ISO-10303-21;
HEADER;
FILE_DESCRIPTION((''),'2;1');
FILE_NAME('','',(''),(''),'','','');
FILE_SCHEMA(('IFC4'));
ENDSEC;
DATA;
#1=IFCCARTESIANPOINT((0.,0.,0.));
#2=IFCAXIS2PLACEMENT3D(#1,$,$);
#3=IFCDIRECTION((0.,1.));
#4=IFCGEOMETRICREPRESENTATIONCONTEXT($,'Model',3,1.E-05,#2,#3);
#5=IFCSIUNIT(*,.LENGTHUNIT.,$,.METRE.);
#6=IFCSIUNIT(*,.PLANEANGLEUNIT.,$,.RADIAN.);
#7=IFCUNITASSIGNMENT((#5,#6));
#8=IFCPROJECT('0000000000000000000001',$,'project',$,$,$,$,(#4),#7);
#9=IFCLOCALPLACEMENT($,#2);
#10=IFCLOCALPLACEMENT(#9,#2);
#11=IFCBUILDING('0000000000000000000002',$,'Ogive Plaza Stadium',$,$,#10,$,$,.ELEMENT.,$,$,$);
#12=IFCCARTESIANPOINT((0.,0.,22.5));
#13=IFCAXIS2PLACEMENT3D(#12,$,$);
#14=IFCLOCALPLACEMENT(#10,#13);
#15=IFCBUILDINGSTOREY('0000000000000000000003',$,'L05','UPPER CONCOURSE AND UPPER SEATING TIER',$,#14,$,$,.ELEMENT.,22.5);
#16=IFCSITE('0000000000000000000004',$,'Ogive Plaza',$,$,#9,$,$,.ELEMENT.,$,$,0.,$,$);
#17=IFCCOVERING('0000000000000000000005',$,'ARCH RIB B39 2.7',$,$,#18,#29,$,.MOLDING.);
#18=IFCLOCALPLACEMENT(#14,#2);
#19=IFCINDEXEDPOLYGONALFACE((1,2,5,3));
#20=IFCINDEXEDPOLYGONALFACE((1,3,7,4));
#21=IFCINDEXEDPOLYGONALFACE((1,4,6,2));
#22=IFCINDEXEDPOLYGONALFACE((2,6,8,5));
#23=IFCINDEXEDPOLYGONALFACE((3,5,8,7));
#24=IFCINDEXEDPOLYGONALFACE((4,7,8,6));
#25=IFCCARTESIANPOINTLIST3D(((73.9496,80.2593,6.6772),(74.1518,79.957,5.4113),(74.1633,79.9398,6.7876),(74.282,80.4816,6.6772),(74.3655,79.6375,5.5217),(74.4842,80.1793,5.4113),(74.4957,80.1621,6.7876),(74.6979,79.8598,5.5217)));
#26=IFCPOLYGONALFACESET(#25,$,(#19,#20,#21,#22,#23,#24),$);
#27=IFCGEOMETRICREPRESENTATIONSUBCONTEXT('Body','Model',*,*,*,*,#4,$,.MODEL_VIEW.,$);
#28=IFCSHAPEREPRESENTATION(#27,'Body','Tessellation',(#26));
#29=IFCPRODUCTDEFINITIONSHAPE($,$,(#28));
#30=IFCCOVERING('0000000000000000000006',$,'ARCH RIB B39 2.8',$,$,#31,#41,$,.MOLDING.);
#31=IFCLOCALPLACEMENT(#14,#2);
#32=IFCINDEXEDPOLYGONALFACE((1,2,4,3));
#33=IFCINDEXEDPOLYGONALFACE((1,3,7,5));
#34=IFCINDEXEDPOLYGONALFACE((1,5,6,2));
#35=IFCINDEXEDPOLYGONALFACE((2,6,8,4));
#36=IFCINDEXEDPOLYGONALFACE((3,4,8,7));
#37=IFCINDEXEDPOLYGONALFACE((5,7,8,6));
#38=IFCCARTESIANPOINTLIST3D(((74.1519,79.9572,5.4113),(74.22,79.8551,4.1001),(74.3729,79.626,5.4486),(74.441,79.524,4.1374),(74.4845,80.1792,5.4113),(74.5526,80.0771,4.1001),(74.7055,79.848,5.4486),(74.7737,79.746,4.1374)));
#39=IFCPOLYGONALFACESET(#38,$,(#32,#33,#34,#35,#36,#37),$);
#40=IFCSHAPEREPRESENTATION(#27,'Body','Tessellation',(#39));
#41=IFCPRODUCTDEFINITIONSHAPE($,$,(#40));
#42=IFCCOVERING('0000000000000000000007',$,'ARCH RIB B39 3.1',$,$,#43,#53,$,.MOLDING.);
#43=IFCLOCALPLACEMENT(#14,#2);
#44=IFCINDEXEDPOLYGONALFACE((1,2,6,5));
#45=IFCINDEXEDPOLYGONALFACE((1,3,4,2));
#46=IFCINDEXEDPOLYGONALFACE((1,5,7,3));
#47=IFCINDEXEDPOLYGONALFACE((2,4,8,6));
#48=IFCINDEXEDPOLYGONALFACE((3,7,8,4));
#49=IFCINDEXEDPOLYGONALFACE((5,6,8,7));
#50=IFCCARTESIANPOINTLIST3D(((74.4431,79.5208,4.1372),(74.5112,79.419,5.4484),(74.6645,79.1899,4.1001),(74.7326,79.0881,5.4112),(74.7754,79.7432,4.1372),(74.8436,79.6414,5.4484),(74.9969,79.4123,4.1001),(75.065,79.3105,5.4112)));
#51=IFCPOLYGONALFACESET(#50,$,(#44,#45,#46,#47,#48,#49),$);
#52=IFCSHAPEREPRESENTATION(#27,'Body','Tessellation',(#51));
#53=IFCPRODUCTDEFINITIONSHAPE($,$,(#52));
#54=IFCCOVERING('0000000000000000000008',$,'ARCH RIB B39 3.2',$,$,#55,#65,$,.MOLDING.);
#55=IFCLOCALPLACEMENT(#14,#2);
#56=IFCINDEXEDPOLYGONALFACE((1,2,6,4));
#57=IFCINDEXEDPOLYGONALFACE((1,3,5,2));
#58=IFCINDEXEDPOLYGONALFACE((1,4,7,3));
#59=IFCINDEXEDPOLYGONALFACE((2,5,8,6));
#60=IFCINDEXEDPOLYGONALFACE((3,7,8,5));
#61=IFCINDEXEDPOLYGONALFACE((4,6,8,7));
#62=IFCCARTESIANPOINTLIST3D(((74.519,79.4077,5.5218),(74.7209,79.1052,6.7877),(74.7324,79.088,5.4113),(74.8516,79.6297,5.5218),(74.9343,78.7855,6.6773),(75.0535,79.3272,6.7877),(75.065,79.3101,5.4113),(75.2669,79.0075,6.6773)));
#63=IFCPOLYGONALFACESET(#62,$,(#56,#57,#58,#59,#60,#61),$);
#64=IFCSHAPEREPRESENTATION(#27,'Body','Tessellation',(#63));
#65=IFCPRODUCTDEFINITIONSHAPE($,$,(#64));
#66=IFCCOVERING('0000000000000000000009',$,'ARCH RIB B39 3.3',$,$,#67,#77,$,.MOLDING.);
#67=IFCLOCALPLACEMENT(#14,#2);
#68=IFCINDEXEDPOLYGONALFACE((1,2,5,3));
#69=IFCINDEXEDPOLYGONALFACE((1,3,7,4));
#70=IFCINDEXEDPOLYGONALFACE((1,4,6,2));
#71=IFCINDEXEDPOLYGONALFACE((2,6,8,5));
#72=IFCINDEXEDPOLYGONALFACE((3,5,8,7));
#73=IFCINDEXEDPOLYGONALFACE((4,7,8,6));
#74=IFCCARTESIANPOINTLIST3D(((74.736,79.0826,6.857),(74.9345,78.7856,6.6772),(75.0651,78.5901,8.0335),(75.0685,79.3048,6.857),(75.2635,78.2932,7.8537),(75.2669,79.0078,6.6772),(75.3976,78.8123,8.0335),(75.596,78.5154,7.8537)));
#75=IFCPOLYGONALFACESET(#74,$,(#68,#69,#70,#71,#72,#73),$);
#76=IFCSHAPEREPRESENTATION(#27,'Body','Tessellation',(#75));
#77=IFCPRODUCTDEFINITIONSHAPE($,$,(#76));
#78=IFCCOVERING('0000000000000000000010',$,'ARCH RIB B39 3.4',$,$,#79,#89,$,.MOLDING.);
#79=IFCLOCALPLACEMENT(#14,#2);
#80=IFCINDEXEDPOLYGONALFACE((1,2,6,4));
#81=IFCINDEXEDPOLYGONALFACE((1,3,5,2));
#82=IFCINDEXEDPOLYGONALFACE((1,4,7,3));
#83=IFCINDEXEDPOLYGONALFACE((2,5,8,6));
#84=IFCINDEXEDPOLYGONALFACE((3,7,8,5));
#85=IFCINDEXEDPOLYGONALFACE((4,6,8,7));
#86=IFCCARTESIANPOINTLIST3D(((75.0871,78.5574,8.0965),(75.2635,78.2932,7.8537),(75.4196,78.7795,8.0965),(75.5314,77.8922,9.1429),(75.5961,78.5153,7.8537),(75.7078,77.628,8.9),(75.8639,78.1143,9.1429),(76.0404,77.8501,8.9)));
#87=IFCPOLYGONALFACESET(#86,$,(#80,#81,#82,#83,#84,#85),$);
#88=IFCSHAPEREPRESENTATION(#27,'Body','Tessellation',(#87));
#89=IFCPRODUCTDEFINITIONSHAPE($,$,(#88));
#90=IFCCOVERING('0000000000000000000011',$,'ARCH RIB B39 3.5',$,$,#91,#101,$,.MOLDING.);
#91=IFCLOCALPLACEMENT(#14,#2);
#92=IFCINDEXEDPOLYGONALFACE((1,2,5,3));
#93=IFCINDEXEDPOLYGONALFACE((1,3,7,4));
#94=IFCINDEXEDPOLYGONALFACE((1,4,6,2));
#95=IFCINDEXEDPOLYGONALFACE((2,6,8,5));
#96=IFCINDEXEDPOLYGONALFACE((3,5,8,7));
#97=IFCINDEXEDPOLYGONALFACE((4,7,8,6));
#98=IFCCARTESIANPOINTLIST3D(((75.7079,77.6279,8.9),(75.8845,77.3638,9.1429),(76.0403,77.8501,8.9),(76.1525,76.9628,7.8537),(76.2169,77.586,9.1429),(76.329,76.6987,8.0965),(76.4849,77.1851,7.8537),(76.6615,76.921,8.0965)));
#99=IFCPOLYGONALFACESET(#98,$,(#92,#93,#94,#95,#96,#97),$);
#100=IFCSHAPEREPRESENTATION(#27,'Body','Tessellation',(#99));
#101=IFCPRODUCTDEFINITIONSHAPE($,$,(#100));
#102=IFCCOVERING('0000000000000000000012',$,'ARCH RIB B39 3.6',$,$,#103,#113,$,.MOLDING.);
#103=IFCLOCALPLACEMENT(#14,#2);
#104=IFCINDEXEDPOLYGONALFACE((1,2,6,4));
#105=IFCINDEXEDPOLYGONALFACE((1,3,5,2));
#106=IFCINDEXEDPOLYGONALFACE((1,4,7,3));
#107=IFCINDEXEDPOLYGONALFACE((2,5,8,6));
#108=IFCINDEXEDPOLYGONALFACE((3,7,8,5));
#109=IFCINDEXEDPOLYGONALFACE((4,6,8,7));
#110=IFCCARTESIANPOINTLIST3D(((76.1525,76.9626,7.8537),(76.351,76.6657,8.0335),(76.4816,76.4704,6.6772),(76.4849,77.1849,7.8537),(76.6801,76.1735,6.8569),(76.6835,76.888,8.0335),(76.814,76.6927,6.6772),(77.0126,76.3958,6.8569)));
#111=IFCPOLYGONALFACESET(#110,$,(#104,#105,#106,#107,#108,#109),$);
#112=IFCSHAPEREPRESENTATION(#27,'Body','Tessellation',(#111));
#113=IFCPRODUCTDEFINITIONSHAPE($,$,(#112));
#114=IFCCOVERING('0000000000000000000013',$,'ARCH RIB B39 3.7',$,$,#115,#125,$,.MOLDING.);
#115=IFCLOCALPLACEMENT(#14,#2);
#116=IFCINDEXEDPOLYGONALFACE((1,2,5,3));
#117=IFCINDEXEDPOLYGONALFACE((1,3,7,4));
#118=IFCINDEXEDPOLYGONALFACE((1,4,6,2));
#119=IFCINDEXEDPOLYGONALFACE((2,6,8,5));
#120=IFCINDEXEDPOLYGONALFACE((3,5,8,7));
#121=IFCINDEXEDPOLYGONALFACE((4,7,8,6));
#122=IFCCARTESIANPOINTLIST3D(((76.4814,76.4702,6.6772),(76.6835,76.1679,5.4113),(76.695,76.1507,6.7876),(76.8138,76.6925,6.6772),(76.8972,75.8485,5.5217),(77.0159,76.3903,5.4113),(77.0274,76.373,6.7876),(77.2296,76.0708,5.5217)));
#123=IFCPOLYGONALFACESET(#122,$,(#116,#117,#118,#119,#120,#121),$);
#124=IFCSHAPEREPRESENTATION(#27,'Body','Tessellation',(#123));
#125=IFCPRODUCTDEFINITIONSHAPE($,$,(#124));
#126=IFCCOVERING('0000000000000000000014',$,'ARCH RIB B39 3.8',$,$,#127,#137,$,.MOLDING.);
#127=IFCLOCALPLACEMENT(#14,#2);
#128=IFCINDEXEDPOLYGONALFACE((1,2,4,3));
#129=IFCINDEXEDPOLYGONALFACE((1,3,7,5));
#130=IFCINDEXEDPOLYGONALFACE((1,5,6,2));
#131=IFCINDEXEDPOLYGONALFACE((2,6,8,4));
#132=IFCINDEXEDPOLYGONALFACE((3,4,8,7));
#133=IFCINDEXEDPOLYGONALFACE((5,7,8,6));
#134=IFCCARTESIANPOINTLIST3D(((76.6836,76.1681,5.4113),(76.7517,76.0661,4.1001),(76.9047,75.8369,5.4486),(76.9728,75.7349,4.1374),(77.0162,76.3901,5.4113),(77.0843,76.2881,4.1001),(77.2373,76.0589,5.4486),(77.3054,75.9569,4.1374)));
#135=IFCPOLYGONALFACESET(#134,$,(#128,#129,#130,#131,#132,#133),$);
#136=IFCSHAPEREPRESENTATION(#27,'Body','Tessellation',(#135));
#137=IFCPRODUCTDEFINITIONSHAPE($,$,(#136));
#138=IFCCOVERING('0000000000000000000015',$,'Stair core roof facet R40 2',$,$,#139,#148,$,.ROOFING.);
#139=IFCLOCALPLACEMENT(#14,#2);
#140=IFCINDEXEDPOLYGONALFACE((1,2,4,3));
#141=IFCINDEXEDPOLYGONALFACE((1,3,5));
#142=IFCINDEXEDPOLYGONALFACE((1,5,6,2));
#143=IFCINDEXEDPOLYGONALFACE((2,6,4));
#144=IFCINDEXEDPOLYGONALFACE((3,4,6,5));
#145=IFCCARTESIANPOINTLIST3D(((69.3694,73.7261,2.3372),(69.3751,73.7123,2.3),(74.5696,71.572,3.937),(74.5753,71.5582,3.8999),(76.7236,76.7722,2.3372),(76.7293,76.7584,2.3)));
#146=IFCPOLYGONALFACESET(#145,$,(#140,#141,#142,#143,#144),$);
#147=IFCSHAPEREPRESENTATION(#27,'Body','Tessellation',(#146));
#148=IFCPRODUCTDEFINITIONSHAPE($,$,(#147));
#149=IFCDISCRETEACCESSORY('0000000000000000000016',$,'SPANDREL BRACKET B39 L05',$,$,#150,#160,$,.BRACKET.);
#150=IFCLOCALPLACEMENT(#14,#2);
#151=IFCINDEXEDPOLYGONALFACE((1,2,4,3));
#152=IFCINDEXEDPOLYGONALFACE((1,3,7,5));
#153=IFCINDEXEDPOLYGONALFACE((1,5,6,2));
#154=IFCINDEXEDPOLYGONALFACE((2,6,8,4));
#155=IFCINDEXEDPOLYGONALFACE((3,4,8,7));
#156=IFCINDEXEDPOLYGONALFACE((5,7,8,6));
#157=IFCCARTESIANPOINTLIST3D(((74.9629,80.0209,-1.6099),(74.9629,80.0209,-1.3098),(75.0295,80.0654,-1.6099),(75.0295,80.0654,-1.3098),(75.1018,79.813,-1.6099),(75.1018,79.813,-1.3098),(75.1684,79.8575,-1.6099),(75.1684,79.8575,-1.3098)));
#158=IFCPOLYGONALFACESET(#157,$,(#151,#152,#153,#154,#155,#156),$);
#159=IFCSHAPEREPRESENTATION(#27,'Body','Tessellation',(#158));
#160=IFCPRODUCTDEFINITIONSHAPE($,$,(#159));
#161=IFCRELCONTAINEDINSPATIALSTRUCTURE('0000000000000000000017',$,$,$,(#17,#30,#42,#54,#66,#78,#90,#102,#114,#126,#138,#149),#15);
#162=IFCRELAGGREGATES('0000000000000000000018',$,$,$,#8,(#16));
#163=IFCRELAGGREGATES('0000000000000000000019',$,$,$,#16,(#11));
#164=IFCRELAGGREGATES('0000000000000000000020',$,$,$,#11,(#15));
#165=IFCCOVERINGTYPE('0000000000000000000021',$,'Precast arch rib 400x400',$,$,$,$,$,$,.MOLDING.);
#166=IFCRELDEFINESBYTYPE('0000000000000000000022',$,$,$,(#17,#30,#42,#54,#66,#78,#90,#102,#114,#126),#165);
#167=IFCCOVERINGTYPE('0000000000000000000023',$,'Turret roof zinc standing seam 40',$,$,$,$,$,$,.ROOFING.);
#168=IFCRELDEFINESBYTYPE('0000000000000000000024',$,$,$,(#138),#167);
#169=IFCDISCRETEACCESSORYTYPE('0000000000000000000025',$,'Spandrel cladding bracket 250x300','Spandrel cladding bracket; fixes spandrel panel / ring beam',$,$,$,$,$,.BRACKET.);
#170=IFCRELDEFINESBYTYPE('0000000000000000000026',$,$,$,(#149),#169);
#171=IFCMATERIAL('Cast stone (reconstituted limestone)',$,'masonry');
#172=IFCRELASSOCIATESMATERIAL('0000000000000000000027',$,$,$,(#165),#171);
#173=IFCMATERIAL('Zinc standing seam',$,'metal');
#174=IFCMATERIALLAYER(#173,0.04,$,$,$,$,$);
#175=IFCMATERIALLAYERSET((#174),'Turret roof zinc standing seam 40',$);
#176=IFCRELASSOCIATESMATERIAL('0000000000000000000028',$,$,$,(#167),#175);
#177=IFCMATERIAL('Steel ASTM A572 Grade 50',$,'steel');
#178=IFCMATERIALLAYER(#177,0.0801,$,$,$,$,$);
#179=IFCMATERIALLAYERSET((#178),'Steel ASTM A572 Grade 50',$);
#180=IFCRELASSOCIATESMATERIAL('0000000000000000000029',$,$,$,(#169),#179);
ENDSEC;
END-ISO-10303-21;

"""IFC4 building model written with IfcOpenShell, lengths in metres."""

from ifc_helpers import new_model, si_unit, direction, frame, origin, origin_2d, place, context, subcontext, project, spatial, polyline, rectangle, outline, extrude, material, layer, layer_set, material_profile, profile_set, type_object, element, save


model = new_model("IFC4")

# Units and contexts
model_context = context("Model", 3, precision=1e-05, world=origin(), true_north=direction((0.0, 1.0)))
body_context = subcontext(model_context, "Body", "Model", "MODEL_VIEW")
ifc_project = project(units=[si_unit("LENGTHUNIT", "METRE"), si_unit("PLANEANGLEUNIT", "RADIAN")], contexts=[model_context])

# Site, building, storey
site_placement = place(None, origin())
site = spatial("IfcSite", under=ifc_project, at=site_placement, Name="Ogive Plaza", CompositionType="ELEMENT", RefElevation=0.0)
building_placement = place(site_placement, origin())
building = spatial("IfcBuilding", under=site, at=building_placement, Name="Ogive Plaza Stadium", CompositionType="ELEMENT")
storey_placement = place(building_placement, frame((0.0, 0.0, 22.5)))
storey = spatial("IfcBuildingStorey", under=building, at=storey_placement, Name="L05", Description="UPPER CONCOURSE AND UPPER SEATING TIER", CompositionType="ELEMENT", Elevation=22.5)

# Coverings
ifc_material_1 = material(Name="Cast stone (reconstituted limestone)", Category="masonry")
ifc_material_profile_1 = material_profile(ifc_material_1, rectangle(XDim=0.3999, YDim=0.3999, at=origin_2d()), Name="Cast stone 400x400")
ifc_profile_set_1 = profile_set([ifc_material_profile_1], Name="Cast stone (reconstituted limestone)")
covering_type_1 = type_object("IfcCoveringType", Name="Precast arch rib 400x400", PredefinedType="MOLDING", material=ifc_profile_set_1)
for number, where, z_axis, x_axis, name in (
    (1, (74.2227, 80.2107, 6.7324), (0.153485, -0.229486, -0.961134), (0.831223, 0.555939, 0.0), "ARCH RIB B39 2.7"),
):
    element("IfcCovering", number, at=place(storey_placement, frame(where, z_axis=z_axis, x_axis=x_axis)), inside=storey, type_object=covering_type_1, Name=name, PredefinedType="MOLDING", context=body_context, shape_type="SweptSolid", body=[
        extrude(rectangle(XDim=0.3999, YDim=0.3999, at=origin_2d()), origin(), (0.0, 0.0, 1.0), 1.3171),
    ])
for number, where, z_axis, x_axis, name in (
    (2, (74.4287, 79.9026, 5.4299), (0.05172, -0.077487, -0.995651), (0.831744, 0.555159, 0.0), "ARCH RIB B39 2.8"),
    (3, (74.72, 79.4666, 4.1187), (0.05172, -0.077303, 0.995665), (0.831129, 0.556079, 0.0), "ARCH RIB B39 3.1"),
):
    element("IfcCovering", number, at=place(storey_placement, frame(where, z_axis=z_axis, x_axis=x_axis)), inside=storey, type_object=covering_type_1, Name=name, PredefinedType="MOLDING", context=body_context, shape_type="SweptSolid", body=[
        extrude(rectangle(XDim=0.3999, YDim=0.3999, at=origin_2d()), origin(), (0.0, 0.0, 1.0), 1.3169),
    ])
for number, where, z_axis, x_axis, name in (
    (4, (74.792, 79.3589, 5.4666), (0.153297, -0.229668, 0.96112), (0.83174, 0.555165, 0.0), "ARCH RIB B39 3.2"),
    (5, (75.0015, 79.0452, 6.7671), (0.249852, -0.373851, 0.893202), (0.831416, 0.555651, 0.0), "ARCH RIB B39 3.3"),
    (6, (75.3416, 78.5364, 7.9751), (0.337339, -0.505082, 0.794415), (0.831581, 0.555404, 0.0), "ARCH RIB B39 3.4"),
    (7, (75.9624, 77.6069, 9.0215), (0.337535, -0.504912, -0.794439), (0.831345, 0.555756, 0.0), "ARCH RIB B39 3.5"),
    (8, (76.418, 76.9253, 7.9436), (0.249869, -0.373692, -0.893264), (0.831288, 0.555842, 0.0), "ARCH RIB B39 3.6"),
    (9, (76.7544, 76.4216, 6.7324), (0.153485, -0.229486, -0.961134), (0.831223, 0.555939, 0.0), "ARCH RIB B39 3.7"),
):
    element("IfcCovering", number, at=place(storey_placement, frame(where, z_axis=z_axis, x_axis=x_axis)), inside=storey, type_object=covering_type_1, Name=name, PredefinedType="MOLDING", context=body_context, shape_type="SweptSolid", body=[
        extrude(rectangle(XDim=0.3999, YDim=0.3999, at=origin_2d()), origin(), (0.0, 0.0, 1.0), 1.3171),
    ])
covering_1_placement = place(storey_placement, frame((76.9604, 76.1135, 5.4299), z_axis=(0.05172, -0.077487, -0.995651), x_axis=(0.831744, 0.555159, 0.0)))
element("IfcCovering", 10, at=covering_1_placement, inside=storey, type_object=covering_type_1, Name="ARCH RIB B39 3.8", PredefinedType="MOLDING", context=body_context, shape_type="SweptSolid", body=[
    extrude(rectangle(XDim=0.3999, YDim=0.3999, at=origin_2d()), origin(), (0.0, 0.0, 1.0), 1.3169),
])
ifc_material_2 = material(Name="Zinc standing seam", Category="metal")
ifc_layer_1 = layer(ifc_material_2, 0.04)
ifc_layer_set_1 = layer_set([ifc_layer_1], Name="Turret roof zinc standing seam 40")
covering_type_2 = type_object("IfcCoveringType", Name="Turret roof zinc standing seam 40", PredefinedType="ROOFING", material=ifc_layer_set_1)
covering_2_placement = place(storey_placement, frame((76.7236, 76.7722, 2.3372), z_axis=(-0.142723, 0.344574, 0.927846), x_axis=(-0.923883, -0.382674, 0.0)))
element("IfcCovering", 11, at=covering_2_placement, inside=storey, type_object=covering_type_2, Name="Stair core roof facet R40 2", PredefinedType="ROOFING", context=body_context, shape_type="SweptSolid", body=[
    extrude(outline(polyline([(0.0, 0.0), (7.9601, 0.0), (3.9801, 4.2896), (0.0, 0.0)])), origin(), (0.0, 0.0, -1.0), 0.04),
])

# Discrete accessory
ifc_material_3 = material(Name="Steel ASTM A572 Grade 50", Category="steel")
ifc_layer_2 = layer(ifc_material_3, 0.0801)
ifc_layer_set_2 = layer_set([ifc_layer_2], Name="Steel ASTM A572 Grade 50")
discrete_accessory_type = type_object("IfcDiscreteAccessoryType", Name="Spandrel cladding bracket 250x300", Description="Spandrel cladding bracket; fixes spandrel panel / ring beam", PredefinedType="BRACKET", material=ifc_layer_set_2)
discrete_accessory_placement = place(storey_placement, frame((75.0657, 79.9392, -1.6099), z_axis=(0.0, 0.0, 1.0), x_axis=(0.55557, -0.83147, 0.0)))
element("IfcDiscreteAccessory", 12, at=discrete_accessory_placement, inside=storey, type_object=discrete_accessory_type, Name="SPANDREL BRACKET B39 L05", PredefinedType="BRACKET", context=body_context, shape_type="SweptSolid", body=[
    extrude(rectangle(XDim=0.25, YDim=0.0801, at=origin_2d()), origin(), (0.0, 0.0, 1.0), 0.3),
])

save(model, "model.ifc")
